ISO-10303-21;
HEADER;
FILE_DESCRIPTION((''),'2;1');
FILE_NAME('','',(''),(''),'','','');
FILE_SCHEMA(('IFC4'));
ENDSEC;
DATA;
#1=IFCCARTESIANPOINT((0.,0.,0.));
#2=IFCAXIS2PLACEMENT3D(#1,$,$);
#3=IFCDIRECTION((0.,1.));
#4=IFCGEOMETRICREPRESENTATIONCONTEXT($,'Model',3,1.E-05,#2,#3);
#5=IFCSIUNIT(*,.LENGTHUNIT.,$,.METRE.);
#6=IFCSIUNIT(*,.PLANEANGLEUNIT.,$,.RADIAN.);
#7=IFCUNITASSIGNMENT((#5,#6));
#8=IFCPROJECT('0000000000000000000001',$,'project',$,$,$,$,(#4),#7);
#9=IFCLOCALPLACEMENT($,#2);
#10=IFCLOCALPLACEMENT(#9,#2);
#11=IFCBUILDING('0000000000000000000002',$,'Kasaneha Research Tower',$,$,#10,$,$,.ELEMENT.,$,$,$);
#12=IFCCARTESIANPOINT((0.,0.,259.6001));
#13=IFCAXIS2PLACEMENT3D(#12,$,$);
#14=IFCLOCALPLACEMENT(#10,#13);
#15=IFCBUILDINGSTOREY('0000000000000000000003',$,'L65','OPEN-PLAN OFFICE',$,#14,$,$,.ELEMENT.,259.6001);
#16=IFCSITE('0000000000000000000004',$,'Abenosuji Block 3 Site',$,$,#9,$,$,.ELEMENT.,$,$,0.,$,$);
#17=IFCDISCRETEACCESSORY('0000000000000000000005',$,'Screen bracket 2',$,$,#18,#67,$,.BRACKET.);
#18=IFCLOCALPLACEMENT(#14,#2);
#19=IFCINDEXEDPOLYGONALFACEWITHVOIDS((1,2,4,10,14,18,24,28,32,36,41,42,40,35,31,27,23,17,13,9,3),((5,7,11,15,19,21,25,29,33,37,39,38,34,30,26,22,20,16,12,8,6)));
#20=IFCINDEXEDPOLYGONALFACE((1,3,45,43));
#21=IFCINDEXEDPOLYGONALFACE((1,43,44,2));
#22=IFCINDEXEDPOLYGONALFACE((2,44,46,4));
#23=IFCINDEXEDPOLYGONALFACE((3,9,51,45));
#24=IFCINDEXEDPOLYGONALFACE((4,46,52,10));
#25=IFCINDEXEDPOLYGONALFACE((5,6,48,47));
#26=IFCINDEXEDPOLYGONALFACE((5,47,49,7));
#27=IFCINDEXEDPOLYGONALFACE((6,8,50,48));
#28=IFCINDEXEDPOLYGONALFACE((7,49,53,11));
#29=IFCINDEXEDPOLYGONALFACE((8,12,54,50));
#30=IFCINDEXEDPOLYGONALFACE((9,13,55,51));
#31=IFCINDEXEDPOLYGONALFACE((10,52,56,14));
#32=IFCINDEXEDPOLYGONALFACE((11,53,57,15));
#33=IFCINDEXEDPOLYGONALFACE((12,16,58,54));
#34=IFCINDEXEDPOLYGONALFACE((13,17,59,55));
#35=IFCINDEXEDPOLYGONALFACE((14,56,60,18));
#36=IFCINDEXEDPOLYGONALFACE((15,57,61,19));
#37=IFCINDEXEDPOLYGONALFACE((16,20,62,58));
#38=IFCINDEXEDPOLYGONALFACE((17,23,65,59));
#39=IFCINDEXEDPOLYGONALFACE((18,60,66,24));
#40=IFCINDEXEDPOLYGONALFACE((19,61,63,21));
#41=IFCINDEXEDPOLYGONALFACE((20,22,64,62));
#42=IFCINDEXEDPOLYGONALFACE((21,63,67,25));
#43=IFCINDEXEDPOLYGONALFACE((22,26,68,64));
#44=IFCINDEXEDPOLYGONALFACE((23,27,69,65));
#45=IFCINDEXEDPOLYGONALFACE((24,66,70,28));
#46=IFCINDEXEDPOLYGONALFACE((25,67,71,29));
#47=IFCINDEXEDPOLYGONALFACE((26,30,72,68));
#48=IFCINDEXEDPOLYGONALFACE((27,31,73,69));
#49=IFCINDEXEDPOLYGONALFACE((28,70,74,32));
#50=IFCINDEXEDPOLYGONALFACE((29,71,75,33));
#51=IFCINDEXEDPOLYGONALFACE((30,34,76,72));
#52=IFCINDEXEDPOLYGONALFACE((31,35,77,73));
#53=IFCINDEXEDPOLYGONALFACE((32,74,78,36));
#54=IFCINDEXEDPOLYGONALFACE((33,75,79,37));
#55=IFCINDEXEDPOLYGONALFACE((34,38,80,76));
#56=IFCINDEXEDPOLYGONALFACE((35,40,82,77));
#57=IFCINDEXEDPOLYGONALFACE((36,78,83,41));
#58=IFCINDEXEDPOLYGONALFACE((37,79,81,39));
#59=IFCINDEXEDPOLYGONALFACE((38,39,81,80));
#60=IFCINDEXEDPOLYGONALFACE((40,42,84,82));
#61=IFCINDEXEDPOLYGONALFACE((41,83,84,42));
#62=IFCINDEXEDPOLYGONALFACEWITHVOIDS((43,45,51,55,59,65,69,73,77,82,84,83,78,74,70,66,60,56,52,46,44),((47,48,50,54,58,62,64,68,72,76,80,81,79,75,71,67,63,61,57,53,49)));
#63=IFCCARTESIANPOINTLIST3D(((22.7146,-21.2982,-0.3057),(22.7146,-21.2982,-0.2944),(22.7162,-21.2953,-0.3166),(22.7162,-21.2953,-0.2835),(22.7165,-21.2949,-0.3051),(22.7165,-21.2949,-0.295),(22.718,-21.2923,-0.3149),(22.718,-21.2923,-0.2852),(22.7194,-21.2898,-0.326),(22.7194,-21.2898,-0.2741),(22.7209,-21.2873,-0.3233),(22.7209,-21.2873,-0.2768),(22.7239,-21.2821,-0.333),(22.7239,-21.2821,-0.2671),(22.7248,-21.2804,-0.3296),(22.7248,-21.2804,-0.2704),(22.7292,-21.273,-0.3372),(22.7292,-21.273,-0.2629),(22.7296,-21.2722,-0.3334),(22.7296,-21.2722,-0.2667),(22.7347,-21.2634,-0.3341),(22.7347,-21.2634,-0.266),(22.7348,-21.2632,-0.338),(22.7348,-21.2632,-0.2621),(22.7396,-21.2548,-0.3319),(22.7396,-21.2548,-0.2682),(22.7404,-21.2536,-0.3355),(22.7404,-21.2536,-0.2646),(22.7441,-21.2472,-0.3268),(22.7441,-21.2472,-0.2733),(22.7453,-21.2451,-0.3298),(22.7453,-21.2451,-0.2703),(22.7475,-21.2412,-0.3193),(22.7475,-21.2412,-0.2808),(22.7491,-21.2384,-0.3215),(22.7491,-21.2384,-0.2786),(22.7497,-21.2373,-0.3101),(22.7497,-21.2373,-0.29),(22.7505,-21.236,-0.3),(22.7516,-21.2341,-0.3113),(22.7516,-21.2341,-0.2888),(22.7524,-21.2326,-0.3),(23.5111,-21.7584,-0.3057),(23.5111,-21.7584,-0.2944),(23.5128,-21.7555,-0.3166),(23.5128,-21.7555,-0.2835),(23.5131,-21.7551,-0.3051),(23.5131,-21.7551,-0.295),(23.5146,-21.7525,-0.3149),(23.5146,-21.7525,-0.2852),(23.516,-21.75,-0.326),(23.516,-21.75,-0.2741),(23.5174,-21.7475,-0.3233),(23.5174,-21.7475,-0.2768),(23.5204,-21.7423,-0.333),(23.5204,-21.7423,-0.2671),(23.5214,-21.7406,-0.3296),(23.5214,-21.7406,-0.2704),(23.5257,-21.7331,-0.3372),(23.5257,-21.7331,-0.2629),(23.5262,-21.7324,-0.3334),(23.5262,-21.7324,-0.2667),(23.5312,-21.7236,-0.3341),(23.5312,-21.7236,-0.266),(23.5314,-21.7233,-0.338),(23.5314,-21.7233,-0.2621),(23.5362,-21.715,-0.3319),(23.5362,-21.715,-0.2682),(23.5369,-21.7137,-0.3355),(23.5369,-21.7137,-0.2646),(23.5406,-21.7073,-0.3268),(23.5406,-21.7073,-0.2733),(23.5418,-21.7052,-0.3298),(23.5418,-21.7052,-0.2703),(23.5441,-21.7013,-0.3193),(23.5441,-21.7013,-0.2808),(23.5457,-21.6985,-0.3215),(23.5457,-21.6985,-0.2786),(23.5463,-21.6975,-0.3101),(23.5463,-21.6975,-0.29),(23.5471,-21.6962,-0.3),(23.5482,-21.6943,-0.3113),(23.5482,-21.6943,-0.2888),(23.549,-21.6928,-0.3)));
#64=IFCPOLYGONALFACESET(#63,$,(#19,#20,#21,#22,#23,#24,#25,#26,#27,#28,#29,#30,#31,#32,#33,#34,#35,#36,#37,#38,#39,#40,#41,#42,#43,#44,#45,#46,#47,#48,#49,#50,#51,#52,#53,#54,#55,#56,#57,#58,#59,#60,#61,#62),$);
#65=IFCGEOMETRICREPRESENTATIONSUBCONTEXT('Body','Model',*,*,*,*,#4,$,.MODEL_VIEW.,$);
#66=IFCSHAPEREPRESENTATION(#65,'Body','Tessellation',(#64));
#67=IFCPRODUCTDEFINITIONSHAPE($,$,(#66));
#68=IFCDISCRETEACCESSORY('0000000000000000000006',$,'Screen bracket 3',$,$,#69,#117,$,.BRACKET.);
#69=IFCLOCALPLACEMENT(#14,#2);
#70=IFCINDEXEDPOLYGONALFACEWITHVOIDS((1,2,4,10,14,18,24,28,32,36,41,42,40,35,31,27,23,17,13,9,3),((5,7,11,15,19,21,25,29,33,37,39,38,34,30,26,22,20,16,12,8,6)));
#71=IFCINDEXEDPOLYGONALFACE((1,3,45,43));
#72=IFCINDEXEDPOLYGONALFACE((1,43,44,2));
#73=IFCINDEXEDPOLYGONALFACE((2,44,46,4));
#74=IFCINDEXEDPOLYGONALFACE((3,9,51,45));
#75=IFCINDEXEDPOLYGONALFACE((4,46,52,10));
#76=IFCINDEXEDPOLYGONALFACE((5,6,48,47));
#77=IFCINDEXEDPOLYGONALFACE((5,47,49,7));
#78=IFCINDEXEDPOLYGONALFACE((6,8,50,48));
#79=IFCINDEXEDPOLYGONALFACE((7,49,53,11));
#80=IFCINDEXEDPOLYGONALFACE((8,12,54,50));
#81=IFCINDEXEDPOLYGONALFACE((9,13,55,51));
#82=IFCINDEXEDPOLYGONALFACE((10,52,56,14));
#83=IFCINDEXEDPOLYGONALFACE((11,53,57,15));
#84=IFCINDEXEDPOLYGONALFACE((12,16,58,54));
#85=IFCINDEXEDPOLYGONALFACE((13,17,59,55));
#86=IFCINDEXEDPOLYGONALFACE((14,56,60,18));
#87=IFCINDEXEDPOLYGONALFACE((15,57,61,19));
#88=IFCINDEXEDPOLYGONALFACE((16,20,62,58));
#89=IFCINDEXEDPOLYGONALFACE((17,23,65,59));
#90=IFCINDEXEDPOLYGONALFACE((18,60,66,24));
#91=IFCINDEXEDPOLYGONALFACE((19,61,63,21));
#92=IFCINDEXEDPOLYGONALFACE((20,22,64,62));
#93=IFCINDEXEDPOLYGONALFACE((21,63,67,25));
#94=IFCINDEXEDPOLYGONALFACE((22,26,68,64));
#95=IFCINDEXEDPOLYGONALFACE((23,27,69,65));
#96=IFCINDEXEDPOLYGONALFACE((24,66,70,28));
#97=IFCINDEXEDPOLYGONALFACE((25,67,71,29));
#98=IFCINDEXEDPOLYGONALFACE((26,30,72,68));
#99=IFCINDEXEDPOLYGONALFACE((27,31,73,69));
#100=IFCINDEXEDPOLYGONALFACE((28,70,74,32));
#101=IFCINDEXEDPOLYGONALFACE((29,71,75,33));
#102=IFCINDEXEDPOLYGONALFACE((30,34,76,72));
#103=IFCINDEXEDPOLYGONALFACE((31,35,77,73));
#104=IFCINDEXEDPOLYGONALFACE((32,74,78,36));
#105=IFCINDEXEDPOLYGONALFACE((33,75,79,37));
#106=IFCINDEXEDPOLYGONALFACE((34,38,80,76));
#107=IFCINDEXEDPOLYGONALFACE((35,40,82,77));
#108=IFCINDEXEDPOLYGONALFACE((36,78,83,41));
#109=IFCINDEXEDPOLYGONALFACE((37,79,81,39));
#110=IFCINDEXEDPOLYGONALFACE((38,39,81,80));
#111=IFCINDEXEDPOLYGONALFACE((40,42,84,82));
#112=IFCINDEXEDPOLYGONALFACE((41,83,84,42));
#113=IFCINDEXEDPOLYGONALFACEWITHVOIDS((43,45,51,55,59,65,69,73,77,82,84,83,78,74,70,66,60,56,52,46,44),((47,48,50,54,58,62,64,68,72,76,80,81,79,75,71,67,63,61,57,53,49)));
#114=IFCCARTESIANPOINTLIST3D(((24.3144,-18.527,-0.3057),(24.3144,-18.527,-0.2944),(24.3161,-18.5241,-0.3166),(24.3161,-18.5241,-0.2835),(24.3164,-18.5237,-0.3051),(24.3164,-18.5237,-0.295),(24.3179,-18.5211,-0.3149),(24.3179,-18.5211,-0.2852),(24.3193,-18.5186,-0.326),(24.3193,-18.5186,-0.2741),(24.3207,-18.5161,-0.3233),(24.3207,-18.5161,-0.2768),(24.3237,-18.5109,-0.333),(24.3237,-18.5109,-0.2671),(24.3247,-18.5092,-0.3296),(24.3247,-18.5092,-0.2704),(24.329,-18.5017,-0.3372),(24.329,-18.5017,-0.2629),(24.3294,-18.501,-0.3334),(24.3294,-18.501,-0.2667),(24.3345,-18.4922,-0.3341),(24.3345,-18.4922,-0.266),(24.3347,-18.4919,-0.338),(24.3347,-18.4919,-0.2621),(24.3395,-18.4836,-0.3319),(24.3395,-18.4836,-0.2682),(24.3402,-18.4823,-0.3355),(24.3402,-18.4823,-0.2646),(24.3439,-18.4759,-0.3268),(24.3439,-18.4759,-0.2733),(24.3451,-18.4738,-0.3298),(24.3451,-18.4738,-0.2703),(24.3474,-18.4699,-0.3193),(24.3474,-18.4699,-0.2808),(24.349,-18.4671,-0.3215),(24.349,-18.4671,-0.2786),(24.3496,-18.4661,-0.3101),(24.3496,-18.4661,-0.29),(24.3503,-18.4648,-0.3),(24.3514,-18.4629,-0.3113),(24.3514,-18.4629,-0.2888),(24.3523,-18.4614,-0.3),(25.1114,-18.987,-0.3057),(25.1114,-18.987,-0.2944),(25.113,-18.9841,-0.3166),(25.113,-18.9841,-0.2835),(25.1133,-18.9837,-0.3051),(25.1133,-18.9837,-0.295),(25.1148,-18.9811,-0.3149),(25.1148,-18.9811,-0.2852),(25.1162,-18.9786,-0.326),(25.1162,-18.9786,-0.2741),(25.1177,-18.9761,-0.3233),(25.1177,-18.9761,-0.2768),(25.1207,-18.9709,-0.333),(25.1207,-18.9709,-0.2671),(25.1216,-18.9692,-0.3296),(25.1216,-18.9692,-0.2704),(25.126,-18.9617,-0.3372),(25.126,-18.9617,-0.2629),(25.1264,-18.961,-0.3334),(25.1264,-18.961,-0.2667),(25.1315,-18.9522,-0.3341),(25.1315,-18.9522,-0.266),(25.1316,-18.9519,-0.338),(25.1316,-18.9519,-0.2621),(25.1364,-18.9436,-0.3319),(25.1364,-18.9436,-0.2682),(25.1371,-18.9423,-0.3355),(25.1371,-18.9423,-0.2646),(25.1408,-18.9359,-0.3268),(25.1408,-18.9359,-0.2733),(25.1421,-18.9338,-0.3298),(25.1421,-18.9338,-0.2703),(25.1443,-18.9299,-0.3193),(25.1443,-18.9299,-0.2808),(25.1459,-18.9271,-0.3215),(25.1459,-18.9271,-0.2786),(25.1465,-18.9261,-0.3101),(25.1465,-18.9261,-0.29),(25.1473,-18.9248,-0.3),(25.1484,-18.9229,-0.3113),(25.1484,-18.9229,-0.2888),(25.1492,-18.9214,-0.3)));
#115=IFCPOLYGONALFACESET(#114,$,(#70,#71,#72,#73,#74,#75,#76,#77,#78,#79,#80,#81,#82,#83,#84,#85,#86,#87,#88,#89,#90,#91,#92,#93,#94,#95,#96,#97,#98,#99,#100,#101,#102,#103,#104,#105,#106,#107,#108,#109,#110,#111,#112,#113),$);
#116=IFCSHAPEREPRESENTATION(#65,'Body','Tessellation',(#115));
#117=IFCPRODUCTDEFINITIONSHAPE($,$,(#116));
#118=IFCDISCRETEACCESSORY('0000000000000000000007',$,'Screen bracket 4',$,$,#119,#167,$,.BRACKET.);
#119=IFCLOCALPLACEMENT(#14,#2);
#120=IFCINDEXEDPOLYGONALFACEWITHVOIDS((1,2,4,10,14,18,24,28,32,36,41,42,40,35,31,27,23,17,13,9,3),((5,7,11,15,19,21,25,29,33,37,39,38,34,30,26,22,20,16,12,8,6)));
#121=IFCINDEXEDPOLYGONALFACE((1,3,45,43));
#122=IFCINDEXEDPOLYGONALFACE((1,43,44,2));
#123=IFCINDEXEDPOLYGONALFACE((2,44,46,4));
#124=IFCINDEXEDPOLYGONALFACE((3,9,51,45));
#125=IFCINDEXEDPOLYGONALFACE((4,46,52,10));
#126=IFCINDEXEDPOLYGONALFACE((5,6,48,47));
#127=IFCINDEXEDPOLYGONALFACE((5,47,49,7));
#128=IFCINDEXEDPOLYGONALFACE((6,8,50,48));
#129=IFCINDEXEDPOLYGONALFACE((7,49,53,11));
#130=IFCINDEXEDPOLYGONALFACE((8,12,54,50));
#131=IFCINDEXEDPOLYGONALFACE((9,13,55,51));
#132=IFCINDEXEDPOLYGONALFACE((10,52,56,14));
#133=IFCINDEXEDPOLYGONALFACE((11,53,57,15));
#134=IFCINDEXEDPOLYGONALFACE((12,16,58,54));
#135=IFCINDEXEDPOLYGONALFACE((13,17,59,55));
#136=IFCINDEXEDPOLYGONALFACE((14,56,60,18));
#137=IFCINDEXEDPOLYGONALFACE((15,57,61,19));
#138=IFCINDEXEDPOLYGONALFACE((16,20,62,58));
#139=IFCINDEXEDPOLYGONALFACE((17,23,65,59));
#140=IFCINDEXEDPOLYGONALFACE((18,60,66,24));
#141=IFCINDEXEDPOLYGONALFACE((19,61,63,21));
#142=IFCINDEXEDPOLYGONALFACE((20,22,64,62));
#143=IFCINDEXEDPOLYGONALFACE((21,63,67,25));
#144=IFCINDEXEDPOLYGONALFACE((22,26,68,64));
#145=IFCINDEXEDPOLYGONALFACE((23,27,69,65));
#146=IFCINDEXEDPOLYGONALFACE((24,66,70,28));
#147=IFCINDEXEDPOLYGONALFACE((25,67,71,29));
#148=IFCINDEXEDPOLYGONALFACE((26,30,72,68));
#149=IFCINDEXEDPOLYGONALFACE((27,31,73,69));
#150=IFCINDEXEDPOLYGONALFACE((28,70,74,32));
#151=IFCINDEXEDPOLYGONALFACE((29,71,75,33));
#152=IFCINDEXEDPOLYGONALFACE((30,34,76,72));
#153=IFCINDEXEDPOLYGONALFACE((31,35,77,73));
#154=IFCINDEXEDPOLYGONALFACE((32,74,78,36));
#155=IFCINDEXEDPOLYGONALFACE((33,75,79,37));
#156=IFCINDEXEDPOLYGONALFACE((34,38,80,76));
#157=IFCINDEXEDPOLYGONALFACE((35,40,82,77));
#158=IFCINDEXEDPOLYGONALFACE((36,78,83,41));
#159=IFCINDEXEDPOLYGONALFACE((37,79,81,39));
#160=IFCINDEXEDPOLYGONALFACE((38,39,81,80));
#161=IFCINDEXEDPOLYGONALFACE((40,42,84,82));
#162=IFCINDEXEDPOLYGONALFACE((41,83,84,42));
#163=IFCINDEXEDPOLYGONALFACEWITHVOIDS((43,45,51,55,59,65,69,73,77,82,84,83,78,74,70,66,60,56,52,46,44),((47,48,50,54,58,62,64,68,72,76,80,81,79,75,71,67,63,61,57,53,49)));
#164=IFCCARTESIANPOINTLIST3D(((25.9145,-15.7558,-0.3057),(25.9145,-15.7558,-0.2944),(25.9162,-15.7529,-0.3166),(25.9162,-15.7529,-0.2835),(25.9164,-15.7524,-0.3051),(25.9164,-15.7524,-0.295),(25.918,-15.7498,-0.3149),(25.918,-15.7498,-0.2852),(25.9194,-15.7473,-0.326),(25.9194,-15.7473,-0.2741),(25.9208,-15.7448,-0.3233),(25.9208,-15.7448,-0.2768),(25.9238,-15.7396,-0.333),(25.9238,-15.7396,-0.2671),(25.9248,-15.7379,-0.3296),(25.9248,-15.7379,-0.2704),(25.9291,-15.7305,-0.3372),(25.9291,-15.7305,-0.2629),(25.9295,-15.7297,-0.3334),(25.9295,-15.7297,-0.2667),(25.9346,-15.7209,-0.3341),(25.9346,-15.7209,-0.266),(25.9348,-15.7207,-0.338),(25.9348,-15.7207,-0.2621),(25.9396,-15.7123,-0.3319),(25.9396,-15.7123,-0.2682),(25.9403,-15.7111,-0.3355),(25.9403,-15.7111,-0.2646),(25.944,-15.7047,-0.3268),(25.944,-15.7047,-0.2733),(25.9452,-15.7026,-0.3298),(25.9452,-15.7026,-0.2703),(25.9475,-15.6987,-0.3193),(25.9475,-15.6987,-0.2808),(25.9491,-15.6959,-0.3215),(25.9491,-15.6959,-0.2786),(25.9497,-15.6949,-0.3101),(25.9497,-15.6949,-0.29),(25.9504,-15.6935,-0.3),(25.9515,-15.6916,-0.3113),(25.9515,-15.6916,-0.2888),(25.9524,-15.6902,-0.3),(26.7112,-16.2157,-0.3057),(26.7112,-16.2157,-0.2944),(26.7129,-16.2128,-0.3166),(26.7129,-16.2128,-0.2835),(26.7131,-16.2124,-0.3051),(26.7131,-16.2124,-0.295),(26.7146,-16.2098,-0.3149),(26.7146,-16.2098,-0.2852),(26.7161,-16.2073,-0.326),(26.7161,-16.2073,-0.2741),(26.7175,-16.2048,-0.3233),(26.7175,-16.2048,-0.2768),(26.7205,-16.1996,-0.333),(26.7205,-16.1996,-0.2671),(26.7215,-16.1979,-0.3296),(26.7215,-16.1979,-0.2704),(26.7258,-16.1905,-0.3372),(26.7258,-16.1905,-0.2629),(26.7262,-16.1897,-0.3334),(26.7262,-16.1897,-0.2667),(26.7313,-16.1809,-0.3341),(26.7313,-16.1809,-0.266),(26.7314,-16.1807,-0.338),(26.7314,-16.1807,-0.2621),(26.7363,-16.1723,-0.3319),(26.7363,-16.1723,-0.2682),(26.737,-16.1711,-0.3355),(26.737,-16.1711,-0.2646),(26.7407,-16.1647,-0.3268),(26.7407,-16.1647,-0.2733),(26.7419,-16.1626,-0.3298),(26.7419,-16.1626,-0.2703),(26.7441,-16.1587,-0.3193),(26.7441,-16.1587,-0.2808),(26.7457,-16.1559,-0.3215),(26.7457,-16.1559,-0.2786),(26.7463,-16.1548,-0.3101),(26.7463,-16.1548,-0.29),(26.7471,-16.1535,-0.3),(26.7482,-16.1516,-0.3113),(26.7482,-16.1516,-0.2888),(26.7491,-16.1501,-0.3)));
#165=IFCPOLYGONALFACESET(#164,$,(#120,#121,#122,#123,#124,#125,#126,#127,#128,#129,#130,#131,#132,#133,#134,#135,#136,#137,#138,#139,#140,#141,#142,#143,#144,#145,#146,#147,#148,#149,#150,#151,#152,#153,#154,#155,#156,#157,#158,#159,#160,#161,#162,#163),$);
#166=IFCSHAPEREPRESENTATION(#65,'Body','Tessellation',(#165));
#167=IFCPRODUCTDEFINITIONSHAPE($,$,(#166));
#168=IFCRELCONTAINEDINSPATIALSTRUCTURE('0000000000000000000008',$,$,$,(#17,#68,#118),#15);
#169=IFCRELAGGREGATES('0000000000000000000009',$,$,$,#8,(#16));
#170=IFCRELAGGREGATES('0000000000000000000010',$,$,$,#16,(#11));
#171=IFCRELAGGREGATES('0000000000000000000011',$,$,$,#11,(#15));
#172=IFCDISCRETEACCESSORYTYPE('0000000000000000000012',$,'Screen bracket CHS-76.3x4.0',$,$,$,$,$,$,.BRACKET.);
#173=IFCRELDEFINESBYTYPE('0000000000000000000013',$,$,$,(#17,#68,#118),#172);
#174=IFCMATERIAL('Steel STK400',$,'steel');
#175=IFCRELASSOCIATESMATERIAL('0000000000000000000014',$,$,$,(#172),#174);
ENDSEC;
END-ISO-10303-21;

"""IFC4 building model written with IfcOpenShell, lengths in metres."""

from ifc_helpers import new_model, si_unit, direction, frame, origin, origin_2d, place, context, subcontext, project, spatial, hollow_circle, extrude, material, material_profile, profile_set, type_object, element, save


model = new_model("IFC4")

# Units and contexts
model_context = context("Model", 3, precision=1e-05, world=origin(), true_north=direction((0.0, 1.0)))
body_context = subcontext(model_context, "Body", "Model", "MODEL_VIEW")
ifc_project = project(units=[si_unit("LENGTHUNIT", "METRE"), si_unit("PLANEANGLEUNIT", "RADIAN")], contexts=[model_context])

# Site, building, storey
site_placement = place(None, origin())
site = spatial("IfcSite", under=ifc_project, at=site_placement, Name="Abenosuji Block 3 Site", CompositionType="ELEMENT", RefElevation=0.0)
building_placement = place(site_placement, origin())
building = spatial("IfcBuilding", under=site, at=building_placement, Name="Kasaneha Research Tower", CompositionType="ELEMENT")
storey_placement = place(building_placement, frame((0.0, 0.0, 259.6001)))
storey = spatial("IfcBuildingStorey", under=building, at=storey_placement, Name="L65", Description="OPEN-PLAN OFFICE", CompositionType="ELEMENT", Elevation=259.6001)

# Discrete accessories
ifc_material_1 = material(Name="Steel STK400", Category="steel")
ifc_material_profile_1 = material_profile(ifc_material_1, hollow_circle(Radius=0.0381, WallThickness=0.0039, at=origin_2d()), Name="CHS-76.3x4.0")
ifc_profile_set_1 = profile_set([ifc_material_profile_1], Name="Steel STK400")
discrete_accessory_type = type_object("IfcDiscreteAccessoryType", Name="Screen bracket CHS-76.3x4.0", PredefinedType="BRACKET", material=ifc_profile_set_1)
discrete_accessory_1_placement = place(storey_placement, frame((22.7334, -21.2656, -0.3), z_axis=(0.865898, -0.50022, 0.0), x_axis=(0.50022, 0.865898, 0.0)))
element("IfcDiscreteAccessory", 1, at=discrete_accessory_1_placement, inside=storey, type_object=discrete_accessory_type, Name="Screen bracket 2", PredefinedType="BRACKET", context=body_context, shape_type="SweptSolid", body=[
    extrude(hollow_circle(Radius=0.0381, WallThickness=0.0039, at=origin_2d()), origin(), (0.0, 0.0, 1.0), 0.9199),
])
discrete_accessory_2_placement = place(storey_placement, frame((24.3333, -18.4944, -0.3), z_axis=(0.86608, -0.499906, 0.0), x_axis=(0.499906, 0.86608, 0.0)))
element("IfcDiscreteAccessory", 2, at=discrete_accessory_2_placement, inside=storey, type_object=discrete_accessory_type, Name="Screen bracket 3", PredefinedType="BRACKET", context=body_context, shape_type="SweptSolid", body=[
    extrude(hollow_circle(Radius=0.0381, WallThickness=0.0039, at=origin_2d()), origin(), (0.0, 0.0, 1.0), 0.9202),
])
discrete_accessory_3_placement = place(storey_placement, frame((25.9333, -15.7231, -0.3), z_axis=(0.866013, -0.500021, 0.0), x_axis=(0.500021, 0.866013, 0.0)))
element("IfcDiscreteAccessory", 3, at=discrete_accessory_3_placement, inside=storey, type_object=discrete_accessory_type, Name="Screen bracket 4", PredefinedType="BRACKET", context=body_context, shape_type="SweptSolid", body=[
    extrude(hollow_circle(Radius=0.0381, WallThickness=0.0039, at=origin_2d()), origin(), (0.0, 0.0, 1.0), 0.9199),
])

save(model, "model.ifc")
